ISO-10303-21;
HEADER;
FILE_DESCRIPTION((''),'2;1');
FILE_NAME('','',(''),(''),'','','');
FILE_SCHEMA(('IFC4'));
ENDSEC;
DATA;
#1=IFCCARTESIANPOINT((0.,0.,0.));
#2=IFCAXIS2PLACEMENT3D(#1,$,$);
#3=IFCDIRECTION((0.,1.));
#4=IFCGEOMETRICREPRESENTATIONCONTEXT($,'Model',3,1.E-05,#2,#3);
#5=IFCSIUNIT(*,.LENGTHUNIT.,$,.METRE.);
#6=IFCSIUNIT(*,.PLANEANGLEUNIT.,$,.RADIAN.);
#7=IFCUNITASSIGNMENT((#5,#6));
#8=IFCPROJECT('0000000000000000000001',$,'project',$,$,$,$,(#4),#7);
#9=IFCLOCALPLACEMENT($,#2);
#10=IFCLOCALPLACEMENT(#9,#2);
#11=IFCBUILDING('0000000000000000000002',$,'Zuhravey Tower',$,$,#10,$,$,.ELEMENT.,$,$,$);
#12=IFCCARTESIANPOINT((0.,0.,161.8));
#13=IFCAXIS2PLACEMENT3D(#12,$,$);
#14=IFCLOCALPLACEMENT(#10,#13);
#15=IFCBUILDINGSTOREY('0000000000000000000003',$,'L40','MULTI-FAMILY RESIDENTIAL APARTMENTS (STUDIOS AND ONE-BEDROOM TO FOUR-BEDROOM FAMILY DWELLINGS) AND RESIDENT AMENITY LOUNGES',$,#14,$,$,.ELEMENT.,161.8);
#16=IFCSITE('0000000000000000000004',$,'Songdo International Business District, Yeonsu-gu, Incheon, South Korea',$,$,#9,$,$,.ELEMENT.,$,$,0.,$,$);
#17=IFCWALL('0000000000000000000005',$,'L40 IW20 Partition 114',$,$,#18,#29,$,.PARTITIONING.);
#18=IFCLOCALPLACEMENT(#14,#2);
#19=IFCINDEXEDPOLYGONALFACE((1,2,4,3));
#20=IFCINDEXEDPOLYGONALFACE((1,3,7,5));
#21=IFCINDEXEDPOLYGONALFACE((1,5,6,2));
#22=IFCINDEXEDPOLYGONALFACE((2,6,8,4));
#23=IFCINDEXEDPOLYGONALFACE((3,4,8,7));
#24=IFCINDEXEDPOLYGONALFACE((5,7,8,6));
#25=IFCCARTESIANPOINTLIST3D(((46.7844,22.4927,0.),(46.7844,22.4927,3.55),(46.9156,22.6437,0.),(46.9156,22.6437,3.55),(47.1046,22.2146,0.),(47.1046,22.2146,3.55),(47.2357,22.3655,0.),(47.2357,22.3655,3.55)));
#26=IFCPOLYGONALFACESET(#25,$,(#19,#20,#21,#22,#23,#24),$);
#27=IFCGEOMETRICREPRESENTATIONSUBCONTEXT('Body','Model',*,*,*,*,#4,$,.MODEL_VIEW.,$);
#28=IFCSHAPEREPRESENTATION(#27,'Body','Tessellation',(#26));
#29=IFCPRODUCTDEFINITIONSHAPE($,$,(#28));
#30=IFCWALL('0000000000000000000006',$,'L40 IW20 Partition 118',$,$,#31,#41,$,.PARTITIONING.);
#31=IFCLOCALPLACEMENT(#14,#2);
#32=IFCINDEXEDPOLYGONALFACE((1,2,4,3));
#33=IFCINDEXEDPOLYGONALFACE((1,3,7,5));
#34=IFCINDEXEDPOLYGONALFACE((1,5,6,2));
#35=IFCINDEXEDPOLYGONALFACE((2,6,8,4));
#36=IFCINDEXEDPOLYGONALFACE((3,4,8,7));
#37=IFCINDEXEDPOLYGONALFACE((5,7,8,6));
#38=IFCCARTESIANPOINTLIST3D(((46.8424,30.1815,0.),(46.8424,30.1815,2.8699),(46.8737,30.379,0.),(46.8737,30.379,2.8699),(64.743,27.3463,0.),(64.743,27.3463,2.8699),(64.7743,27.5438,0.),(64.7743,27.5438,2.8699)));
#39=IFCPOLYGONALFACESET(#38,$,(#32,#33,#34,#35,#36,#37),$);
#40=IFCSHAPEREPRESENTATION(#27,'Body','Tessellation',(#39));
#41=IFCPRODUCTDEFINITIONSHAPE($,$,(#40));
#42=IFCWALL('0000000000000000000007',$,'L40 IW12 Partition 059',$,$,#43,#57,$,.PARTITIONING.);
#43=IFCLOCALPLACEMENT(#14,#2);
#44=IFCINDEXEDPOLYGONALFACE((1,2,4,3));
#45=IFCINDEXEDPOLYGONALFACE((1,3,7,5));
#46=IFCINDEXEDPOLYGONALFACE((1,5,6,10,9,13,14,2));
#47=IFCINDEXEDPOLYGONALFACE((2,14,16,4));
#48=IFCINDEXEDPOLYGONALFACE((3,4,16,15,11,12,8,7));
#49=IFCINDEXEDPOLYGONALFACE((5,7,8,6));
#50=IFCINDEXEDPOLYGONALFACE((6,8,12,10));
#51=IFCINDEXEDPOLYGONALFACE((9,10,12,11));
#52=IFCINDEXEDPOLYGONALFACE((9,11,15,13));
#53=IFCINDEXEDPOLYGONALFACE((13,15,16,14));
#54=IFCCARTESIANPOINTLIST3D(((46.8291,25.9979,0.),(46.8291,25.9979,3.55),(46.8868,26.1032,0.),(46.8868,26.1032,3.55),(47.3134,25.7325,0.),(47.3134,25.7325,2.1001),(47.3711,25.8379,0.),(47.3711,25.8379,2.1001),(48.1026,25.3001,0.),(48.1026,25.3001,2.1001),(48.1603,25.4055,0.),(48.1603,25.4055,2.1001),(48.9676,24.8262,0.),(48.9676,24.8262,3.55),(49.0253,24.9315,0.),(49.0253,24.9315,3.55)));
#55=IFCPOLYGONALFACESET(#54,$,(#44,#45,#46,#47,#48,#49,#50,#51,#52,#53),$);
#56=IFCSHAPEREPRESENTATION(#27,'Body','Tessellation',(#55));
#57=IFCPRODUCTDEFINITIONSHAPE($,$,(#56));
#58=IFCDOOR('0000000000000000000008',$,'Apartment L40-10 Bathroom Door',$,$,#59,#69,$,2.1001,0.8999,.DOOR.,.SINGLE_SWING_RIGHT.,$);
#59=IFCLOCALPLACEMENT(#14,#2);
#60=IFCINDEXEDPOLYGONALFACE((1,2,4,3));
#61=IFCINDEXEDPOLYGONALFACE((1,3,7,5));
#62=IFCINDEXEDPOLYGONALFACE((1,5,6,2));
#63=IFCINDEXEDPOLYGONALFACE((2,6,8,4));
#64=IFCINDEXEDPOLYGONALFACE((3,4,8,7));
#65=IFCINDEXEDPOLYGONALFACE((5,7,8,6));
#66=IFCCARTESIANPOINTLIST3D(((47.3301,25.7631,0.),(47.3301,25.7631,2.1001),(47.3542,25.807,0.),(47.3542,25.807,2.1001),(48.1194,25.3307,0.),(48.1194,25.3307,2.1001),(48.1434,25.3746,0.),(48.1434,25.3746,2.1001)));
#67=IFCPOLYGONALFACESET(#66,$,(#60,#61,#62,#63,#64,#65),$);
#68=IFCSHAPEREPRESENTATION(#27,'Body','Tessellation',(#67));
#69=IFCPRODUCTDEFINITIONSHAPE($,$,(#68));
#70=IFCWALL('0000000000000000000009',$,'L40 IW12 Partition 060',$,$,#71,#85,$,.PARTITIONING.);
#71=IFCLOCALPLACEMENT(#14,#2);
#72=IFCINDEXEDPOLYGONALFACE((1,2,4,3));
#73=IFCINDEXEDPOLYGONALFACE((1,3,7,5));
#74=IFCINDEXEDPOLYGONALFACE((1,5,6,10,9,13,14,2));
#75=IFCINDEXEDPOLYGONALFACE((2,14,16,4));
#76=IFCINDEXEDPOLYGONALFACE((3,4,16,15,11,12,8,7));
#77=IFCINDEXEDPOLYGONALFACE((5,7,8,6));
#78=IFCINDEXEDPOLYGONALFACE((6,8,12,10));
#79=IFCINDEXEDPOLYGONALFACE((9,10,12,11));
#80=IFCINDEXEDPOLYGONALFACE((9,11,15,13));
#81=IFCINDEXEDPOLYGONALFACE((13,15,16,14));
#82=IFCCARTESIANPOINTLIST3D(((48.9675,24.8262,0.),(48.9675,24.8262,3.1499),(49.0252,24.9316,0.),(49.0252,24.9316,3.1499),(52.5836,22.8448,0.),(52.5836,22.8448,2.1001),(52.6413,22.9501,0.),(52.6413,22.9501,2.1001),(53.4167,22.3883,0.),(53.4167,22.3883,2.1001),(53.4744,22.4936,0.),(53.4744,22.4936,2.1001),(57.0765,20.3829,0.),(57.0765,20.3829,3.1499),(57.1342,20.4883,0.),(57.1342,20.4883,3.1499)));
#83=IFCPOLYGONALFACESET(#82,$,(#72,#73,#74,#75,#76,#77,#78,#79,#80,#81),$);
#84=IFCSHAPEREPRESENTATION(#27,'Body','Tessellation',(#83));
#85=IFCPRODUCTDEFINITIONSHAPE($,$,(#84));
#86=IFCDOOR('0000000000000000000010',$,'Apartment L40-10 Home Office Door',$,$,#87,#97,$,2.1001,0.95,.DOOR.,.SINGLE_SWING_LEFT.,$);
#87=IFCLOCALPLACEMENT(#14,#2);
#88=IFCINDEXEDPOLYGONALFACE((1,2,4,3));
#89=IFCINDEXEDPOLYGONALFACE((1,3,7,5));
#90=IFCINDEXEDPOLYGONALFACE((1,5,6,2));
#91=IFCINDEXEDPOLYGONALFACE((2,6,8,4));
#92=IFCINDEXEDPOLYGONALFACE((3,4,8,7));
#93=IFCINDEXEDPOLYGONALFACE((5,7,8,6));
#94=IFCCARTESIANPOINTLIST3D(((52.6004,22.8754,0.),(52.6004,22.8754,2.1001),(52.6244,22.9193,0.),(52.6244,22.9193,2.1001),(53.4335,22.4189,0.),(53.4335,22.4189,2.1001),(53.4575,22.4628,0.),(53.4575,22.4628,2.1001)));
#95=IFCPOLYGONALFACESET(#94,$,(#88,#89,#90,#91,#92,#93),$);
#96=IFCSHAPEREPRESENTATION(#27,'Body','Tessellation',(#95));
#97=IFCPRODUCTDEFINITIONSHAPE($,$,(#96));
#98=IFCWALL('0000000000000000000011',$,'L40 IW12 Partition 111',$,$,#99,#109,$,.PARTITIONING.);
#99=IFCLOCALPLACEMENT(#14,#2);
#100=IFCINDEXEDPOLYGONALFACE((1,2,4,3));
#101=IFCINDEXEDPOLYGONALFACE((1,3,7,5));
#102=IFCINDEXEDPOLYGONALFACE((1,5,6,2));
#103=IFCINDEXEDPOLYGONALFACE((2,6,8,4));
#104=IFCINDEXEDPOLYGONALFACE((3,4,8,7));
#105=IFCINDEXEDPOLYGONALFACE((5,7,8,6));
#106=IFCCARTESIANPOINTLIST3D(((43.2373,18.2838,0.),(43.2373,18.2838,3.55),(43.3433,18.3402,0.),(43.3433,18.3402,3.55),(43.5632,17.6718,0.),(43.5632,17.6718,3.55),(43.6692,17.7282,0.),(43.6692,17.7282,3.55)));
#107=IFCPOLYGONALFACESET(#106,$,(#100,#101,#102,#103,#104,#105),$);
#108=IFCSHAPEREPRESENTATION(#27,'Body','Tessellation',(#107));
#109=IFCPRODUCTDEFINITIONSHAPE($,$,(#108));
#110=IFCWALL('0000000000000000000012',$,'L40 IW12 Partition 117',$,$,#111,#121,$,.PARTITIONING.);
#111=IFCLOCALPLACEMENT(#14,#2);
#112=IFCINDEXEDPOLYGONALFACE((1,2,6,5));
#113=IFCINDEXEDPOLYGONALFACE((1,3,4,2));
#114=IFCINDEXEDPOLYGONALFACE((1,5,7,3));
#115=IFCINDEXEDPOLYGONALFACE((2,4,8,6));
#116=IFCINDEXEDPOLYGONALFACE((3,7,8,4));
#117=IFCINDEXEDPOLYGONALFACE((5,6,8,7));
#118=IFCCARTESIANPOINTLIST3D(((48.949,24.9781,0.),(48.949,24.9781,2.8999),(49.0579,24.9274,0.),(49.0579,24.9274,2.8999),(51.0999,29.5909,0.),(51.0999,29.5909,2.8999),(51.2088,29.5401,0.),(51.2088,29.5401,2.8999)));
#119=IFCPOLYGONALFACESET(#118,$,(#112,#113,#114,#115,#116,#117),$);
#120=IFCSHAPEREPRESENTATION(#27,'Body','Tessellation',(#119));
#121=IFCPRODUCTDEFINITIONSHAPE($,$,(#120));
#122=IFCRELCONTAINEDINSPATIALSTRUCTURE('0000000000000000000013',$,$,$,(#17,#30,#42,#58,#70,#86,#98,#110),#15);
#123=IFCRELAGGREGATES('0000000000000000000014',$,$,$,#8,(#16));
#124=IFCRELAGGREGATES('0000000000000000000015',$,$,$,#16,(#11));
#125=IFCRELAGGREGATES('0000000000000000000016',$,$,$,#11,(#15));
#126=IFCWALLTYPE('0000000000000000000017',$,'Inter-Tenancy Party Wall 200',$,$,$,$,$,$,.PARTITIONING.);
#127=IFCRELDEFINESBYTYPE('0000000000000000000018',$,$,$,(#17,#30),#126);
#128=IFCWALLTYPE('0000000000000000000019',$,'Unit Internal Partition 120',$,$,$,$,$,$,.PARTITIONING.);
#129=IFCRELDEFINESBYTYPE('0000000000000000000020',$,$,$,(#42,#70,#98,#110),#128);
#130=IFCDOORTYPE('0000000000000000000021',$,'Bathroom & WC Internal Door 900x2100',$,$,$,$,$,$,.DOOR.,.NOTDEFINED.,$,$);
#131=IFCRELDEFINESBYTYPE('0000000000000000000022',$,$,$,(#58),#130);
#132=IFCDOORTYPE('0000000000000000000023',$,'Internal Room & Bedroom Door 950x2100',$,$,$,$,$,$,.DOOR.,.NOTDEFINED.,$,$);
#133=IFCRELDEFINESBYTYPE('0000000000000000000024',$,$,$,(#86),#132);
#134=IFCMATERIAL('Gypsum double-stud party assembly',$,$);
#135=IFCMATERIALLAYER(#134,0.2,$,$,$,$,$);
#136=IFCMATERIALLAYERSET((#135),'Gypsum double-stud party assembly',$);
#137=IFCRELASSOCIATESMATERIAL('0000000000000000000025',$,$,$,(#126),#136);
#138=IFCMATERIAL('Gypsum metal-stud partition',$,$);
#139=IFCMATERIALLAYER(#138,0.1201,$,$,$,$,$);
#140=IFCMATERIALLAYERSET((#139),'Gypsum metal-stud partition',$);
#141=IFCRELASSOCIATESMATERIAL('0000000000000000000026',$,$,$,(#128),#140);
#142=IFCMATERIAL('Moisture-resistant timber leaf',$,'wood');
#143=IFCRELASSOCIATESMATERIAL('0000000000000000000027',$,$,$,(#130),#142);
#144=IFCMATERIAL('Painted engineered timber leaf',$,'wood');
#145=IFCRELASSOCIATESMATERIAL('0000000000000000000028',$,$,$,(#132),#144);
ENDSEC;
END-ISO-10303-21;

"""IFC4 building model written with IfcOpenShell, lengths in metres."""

from ifc_helpers import new_model, si_unit, direction, frame, frame_2d, origin, place, context, subcontext, project, spatial, rectangle, extrude, material, layer, layer_set, type_object, element, fill, save


model = new_model("IFC4")

# Units and contexts
model_context = context("Model", 3, precision=1e-05, world=origin(), true_north=direction((0.0, 1.0)))
body_context = subcontext(model_context, "Body", "Model", "MODEL_VIEW")
ifc_project = project(units=[si_unit("LENGTHUNIT", "METRE"), si_unit("PLANEANGLEUNIT", "RADIAN")], contexts=[model_context])

# Site, building, storey
site_placement = place(None, origin())
site = spatial("IfcSite", under=ifc_project, at=site_placement, Name="Songdo International Business District, Yeonsu-gu, Incheon, South Korea", CompositionType="ELEMENT", RefElevation=0.0)
building_placement = place(site_placement, origin())
building = spatial("IfcBuilding", under=site, at=building_placement, Name="Zuhravey Tower", CompositionType="ELEMENT")
storey_placement = place(building_placement, frame((0.0, 0.0, 161.8)))
storey = spatial("IfcBuildingStorey", under=building, at=storey_placement, Name="L40", Description="MULTI-FAMILY RESIDENTIAL APARTMENTS (STUDIOS AND ONE-BEDROOM TO FOUR-BEDROOM FAMILY DWELLINGS) AND RESIDENT AMENITY LOUNGES", CompositionType="ELEMENT", Elevation=161.8)

# Walls
ifc_material_1 = material(Name="Gypsum double-stud party assembly")
ifc_layer_1 = layer(ifc_material_1, 0.2)
ifc_layer_set_1 = layer_set([ifc_layer_1], Name="Gypsum double-stud party assembly")
wall_type_1 = type_object("IfcWallType", Name="Inter-Tenancy Party Wall 200", PredefinedType="PARTITIONING", material=ifc_layer_set_1)
wall_1_placement = place(storey_placement, frame((46.8501, 22.5681, 0.0), z_axis=(0.0, 0.0, 1.0), x_axis=(0.754891, -0.655851, 0.0)))
element("IfcWall", 1, at=wall_1_placement, inside=storey, type_object=wall_type_1, Name="L40 IW20 Partition 114", PredefinedType="PARTITIONING", context=body_context, shape_type="SweptSolid", body=[
    extrude(rectangle(XDim=0.4241, YDim=0.2, at=frame_2d((0.2119, 0.0))), origin(), (0.0, 0.0, 1.0), 3.55),
])
wall_2_placement = place(storey_placement, frame((46.8579, 30.2803, 0.0), z_axis=(0.0, 0.0, 1.0), x_axis=(0.987688, -0.156436, 0.0)))
element("IfcWall", 2, at=wall_2_placement, inside=storey, type_object=wall_type_1, Name="L40 IW20 Partition 118", PredefinedType="PARTITIONING", context=body_context, shape_type="SweptSolid", body=[
    extrude(rectangle(XDim=18.1238, YDim=0.2, at=frame_2d((9.062, 0.0))), origin(), (0.0, 0.0, 1.0), 2.8699),
])

# Walls, openings, doors
ifc_material_2 = material(Name="Gypsum metal-stud partition")
ifc_layer_2 = layer(ifc_material_2, 0.1201)
ifc_layer_set_2 = layer_set([ifc_layer_2], Name="Gypsum metal-stud partition")
wall_type_2 = type_object("IfcWallType", Name="Unit Internal Partition 120", PredefinedType="PARTITIONING", material=ifc_layer_set_2)
wall_3_placement = place(storey_placement, frame((46.8579, 26.0505, 0.0), z_axis=(0.0, 0.0, 1.0), x_axis=(0.876995, -0.4805, 0.0)))
wall_3 = element("IfcWall", 3, at=wall_3_placement, inside=storey, type_object=wall_type_2, Name="L40 IW12 Partition 059", PredefinedType="PARTITIONING", context=body_context, shape_type="SweptSolid", body=[
    extrude(rectangle(XDim=2.4385, YDim=0.1201, at=frame_2d((1.2192, 0.0))), origin(), (0.0, 0.0, 1.0), 3.55),
])
opening_1_placement = place(wall_3_placement, frame((0.5522, 0.0, 0.0)))
opening_1 = element("IfcOpeningElement", 4, at=opening_1_placement, cuts=wall_3, PredefinedType="OPENING", context=body_context, shape_type="SweptSolid", body=[
    extrude(rectangle(XDim=0.8999, YDim=2.1001, at=frame_2d((0.45, 1.05))), frame((0.0, 0.072, 0.0), z_axis=(0.0, -1.0, 0.0), x_axis=(1.0, 0.0, 0.0)), (0.0, 0.0, 1.0), 0.144),
])
ifc_material_3 = material(Name="Moisture-resistant timber leaf", Category="wood")
door_type_1 = type_object("IfcDoorType", Name="Bathroom & WC Internal Door 900x2100", OperationType="NOTDEFINED", PredefinedType="DOOR", material=ifc_material_3)
door_1_placement = place(opening_1_placement, origin())
door_1 = element("IfcDoor", 5, at=door_1_placement, inside=storey, type_object=door_type_1, Name="Apartment L40-10 Bathroom Door", OperationType="SINGLE_SWING_RIGHT", OverallHeight=2.1001, OverallWidth=0.8999, PredefinedType="DOOR", context=body_context, shape_type="SweptSolid", body=[
    extrude(rectangle(XDim=0.8999, YDim=2.1001, at=frame_2d((0.45, 1.05))), frame((0.0, 0.0249, 0.0), z_axis=(0.0, -1.0, 0.0), x_axis=(1.0, 0.0, 0.0)), (0.0, 0.0, 1.0), 0.05),
])
fill(opening_1, door_1)
wall_4_placement = place(storey_placement, frame((48.9963, 24.8789, 0.0), z_axis=(0.0, 0.0, 1.0), x_axis=(0.876976, -0.480535, 0.0)))
wall_4 = element("IfcWall", 6, at=wall_4_placement, inside=storey, type_object=wall_type_2, Name="L40 IW12 Partition 060", PredefinedType="PARTITIONING", context=body_context, shape_type="SweptSolid", body=[
    extrude(rectangle(XDim=9.2466, YDim=0.1201, at=frame_2d((4.6233, 0.0))), origin(), (0.0, 0.0, 1.0), 3.1499),
])
opening_2_placement = place(wall_4_placement, frame((4.1233, 0.0, 0.0)))
opening_2 = element("IfcOpeningElement", 7, at=opening_2_placement, cuts=wall_4, PredefinedType="OPENING", context=body_context, shape_type="SweptSolid", body=[
    extrude(rectangle(XDim=0.95, YDim=2.1001, at=frame_2d((0.4751, 1.05))), frame((0.0, 0.072, 0.0), z_axis=(0.0, -1.0, 0.0), x_axis=(1.0, 0.0, 0.0)), (0.0, 0.0, 1.0), 0.144),
])
ifc_material_4 = material(Name="Painted engineered timber leaf", Category="wood")
door_type_2 = type_object("IfcDoorType", Name="Internal Room & Bedroom Door 950x2100", OperationType="NOTDEFINED", PredefinedType="DOOR", material=ifc_material_4)
door_2_placement = place(opening_2_placement, origin())
door_2 = element("IfcDoor", 8, at=door_2_placement, inside=storey, type_object=door_type_2, Name="Apartment L40-10 Home Office Door", OperationType="SINGLE_SWING_LEFT", OverallHeight=2.1001, OverallWidth=0.95, PredefinedType="DOOR", context=body_context, shape_type="SweptSolid", body=[
    extrude(rectangle(XDim=0.95, YDim=2.1001, at=frame_2d((0.4751, 1.05))), frame((0.0, 0.0249, 0.0), z_axis=(0.0, -1.0, 0.0), x_axis=(1.0, 0.0, 0.0)), (0.0, 0.0, 1.0), 0.05),
])
fill(opening_2, door_2)

# Walls
wall_5_placement = place(storey_placement, frame((43.2903, 18.312, 0.0), z_axis=(0.0, 0.0, 1.0), x_axis=(0.470022, -0.882655, 0.0)))
element("IfcWall", 9, at=wall_5_placement, inside=storey, type_object=wall_type_2, Name="L40 IW12 Partition 111", PredefinedType="PARTITIONING", context=body_context, shape_type="SweptSolid", body=[
    extrude(rectangle(XDim=0.6934, YDim=0.1201, at=frame_2d((0.3467, 0.0))), origin(), (0.0, 0.0, 1.0), 3.55),
])
wall_6_placement = place(storey_placement, frame((49.0034, 24.9526, 0.0), z_axis=(0.0, 0.0, 1.0), x_axis=(0.422602, 0.906315, 0.0)))
element("IfcWall", 10, at=wall_6_placement, inside=storey, type_object=wall_type_2, Name="L40 IW12 Partition 117", PredefinedType="PARTITIONING", context=body_context, shape_type="SweptSolid", body=[
    extrude(rectangle(XDim=5.0896, YDim=0.1201, at=frame_2d((2.5449, 0.0))), origin(), (0.0, 0.0, 1.0), 2.8999),
])

save(model, "model.ifc")
